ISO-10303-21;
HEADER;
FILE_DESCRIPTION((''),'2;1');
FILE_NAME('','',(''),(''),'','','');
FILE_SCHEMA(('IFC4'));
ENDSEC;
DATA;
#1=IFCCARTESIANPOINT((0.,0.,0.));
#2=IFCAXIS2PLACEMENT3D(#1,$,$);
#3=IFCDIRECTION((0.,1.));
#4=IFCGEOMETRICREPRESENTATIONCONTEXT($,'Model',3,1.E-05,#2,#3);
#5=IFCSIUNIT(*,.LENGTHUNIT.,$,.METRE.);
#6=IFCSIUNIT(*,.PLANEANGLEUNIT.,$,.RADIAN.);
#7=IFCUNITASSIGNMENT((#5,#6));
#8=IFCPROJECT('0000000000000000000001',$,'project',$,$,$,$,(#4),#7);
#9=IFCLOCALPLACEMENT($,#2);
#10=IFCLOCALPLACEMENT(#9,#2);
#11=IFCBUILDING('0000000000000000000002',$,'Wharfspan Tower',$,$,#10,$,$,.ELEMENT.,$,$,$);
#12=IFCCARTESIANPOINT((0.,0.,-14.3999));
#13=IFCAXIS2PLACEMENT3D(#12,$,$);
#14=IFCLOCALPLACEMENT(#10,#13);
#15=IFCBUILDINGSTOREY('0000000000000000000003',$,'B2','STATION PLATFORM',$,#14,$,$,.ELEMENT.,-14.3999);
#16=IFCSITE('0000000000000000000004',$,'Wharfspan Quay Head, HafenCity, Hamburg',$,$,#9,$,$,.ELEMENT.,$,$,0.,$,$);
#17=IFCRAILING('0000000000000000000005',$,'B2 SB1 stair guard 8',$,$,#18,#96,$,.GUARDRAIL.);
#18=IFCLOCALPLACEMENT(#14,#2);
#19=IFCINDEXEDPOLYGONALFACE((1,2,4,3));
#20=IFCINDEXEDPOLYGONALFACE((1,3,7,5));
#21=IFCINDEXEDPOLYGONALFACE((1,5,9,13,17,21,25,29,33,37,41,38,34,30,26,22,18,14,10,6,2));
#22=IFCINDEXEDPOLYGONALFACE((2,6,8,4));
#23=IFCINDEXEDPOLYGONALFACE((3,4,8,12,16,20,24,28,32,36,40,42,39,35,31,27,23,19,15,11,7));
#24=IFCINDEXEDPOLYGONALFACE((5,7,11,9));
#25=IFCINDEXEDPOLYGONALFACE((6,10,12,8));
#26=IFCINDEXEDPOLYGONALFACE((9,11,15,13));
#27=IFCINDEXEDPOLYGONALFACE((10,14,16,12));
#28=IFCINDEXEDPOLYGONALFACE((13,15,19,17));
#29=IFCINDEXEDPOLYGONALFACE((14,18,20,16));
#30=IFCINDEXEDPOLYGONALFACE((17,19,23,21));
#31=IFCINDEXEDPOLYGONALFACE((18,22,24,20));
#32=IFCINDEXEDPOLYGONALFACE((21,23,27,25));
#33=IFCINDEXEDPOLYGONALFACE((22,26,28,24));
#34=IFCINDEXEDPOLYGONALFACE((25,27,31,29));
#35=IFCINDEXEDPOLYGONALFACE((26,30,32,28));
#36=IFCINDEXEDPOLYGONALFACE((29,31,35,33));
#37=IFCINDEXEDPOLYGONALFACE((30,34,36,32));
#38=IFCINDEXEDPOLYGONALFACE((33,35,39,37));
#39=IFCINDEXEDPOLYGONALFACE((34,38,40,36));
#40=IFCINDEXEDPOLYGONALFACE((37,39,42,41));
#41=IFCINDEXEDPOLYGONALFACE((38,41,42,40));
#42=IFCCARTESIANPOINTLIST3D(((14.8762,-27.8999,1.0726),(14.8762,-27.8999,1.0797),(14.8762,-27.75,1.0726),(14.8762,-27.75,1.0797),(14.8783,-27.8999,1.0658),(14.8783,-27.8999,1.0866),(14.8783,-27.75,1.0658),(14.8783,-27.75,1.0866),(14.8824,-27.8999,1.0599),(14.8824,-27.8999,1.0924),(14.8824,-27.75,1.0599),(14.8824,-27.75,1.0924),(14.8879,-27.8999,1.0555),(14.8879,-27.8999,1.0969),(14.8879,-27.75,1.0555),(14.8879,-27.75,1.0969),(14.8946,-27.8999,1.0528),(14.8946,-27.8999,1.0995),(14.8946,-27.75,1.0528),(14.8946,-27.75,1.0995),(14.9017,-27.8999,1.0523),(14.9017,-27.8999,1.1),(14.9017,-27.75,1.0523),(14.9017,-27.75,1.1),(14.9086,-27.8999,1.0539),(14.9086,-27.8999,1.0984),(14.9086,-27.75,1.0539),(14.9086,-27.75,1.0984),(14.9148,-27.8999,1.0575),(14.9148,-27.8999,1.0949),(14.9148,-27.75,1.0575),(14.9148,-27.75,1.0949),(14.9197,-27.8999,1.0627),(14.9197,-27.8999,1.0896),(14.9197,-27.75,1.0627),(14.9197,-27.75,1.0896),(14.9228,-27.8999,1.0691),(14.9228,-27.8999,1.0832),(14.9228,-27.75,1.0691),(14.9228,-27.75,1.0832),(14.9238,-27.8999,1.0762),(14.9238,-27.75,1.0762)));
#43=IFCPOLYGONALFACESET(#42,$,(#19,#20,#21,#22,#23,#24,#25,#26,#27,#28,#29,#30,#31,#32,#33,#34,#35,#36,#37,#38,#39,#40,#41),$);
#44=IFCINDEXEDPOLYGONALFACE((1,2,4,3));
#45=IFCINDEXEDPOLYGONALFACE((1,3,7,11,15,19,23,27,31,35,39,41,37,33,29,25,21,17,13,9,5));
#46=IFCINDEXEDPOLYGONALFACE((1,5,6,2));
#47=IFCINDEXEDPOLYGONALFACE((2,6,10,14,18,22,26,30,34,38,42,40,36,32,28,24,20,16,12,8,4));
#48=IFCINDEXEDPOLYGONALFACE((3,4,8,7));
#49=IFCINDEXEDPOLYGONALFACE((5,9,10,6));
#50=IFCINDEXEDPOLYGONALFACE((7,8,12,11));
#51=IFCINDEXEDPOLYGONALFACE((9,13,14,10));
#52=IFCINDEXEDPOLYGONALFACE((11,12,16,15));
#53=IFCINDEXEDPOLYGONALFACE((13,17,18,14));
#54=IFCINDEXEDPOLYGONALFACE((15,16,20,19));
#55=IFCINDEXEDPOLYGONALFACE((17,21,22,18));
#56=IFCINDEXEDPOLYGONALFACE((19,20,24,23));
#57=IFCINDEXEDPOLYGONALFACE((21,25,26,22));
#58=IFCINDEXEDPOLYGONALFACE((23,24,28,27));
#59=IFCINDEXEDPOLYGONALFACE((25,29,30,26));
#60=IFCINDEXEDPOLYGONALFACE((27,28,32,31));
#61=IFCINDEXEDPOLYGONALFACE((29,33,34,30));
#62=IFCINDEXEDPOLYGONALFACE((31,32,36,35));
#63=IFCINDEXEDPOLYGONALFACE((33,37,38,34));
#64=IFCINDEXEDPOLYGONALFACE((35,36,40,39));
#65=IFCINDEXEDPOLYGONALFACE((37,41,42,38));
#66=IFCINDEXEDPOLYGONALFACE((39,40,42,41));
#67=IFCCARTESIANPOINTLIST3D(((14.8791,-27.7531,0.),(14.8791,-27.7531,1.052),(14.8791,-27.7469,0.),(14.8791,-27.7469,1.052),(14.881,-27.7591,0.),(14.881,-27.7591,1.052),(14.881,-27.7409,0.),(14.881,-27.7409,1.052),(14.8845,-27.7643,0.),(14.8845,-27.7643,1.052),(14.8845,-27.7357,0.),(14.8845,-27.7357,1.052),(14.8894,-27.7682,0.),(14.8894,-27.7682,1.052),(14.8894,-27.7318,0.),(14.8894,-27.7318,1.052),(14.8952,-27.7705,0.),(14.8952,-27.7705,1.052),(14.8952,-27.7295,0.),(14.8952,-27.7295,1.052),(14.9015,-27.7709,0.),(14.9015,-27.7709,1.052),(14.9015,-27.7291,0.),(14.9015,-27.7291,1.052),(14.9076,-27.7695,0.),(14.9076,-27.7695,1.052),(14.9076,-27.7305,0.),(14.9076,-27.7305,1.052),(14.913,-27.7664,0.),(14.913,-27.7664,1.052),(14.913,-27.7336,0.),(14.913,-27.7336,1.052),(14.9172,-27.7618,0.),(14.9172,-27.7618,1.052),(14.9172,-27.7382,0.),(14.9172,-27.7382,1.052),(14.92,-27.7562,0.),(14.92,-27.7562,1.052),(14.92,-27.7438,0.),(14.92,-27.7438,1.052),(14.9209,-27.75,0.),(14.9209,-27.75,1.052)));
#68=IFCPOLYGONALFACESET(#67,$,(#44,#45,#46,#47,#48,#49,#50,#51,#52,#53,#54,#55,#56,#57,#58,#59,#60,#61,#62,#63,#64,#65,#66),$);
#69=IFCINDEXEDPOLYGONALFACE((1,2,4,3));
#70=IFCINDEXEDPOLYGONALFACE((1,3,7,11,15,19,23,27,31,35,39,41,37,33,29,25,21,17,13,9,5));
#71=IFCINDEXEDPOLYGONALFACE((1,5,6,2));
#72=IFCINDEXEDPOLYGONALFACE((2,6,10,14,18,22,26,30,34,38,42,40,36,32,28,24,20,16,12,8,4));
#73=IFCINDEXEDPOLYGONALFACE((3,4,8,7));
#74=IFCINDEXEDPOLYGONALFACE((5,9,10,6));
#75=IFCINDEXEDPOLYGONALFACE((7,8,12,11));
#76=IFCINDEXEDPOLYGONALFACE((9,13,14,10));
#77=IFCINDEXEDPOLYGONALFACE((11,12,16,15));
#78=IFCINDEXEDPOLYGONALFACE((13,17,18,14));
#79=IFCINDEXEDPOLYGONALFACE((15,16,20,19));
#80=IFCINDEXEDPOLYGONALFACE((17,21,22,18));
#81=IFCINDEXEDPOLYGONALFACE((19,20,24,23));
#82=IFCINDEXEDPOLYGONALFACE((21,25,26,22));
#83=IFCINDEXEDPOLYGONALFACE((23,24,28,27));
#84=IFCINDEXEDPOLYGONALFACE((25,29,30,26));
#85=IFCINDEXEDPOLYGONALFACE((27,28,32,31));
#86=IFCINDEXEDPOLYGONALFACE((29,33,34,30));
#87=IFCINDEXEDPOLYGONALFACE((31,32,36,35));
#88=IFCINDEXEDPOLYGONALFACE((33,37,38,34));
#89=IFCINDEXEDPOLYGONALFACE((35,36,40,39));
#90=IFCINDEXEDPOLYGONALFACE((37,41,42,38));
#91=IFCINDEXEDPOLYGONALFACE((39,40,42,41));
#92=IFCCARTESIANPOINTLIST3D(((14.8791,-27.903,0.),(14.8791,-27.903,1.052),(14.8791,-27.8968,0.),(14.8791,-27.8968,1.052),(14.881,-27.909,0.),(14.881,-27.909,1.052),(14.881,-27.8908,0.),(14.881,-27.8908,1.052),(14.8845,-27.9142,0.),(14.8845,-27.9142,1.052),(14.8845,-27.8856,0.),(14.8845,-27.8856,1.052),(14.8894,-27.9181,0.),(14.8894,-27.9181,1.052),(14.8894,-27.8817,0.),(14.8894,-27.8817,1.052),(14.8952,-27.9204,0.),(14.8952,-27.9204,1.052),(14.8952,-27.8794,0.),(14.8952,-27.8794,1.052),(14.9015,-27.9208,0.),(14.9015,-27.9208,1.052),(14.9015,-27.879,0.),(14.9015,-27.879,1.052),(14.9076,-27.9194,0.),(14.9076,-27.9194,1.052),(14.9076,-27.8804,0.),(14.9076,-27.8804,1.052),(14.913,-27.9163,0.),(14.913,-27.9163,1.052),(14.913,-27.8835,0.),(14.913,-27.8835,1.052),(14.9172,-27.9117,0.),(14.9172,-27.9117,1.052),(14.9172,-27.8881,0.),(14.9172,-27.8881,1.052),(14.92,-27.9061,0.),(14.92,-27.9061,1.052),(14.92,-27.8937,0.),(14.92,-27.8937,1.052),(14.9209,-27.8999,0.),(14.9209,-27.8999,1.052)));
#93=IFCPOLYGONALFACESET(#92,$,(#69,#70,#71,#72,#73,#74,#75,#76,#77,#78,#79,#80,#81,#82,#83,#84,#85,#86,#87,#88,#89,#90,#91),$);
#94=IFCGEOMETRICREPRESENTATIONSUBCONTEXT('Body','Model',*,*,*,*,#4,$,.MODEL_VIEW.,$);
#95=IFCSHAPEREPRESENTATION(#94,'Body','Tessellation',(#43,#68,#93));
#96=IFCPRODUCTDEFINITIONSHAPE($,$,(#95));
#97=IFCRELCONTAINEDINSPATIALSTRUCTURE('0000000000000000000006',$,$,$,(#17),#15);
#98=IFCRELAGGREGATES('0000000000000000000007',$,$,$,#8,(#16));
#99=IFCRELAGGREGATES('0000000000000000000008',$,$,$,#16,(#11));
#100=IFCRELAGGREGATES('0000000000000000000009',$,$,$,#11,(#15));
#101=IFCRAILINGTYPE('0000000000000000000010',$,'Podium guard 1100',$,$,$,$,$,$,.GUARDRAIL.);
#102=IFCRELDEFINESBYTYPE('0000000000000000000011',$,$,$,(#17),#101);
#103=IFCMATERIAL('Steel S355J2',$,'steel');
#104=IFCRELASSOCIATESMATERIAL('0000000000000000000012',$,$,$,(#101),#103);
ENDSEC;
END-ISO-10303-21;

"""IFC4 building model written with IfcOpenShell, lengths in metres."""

from ifc_helpers import new_model, si_unit, direction, frame, origin, origin_2d, place, context, subcontext, project, spatial, circle, extrude, material, type_object, element, save


model = new_model("IFC4")

# Units and contexts
model_context = context("Model", 3, precision=1e-05, world=origin(), true_north=direction((0.0, 1.0)))
body_context = subcontext(model_context, "Body", "Model", "MODEL_VIEW")
ifc_project = project(units=[si_unit("LENGTHUNIT", "METRE"), si_unit("PLANEANGLEUNIT", "RADIAN")], contexts=[model_context])

# Site, building, storey
site_placement = place(None, origin())
site = spatial("IfcSite", under=ifc_project, at=site_placement, Name="Wharfspan Quay Head, HafenCity, Hamburg", CompositionType="ELEMENT", RefElevation=0.0)
building_placement = place(site_placement, origin())
building = spatial("IfcBuilding", under=site, at=building_placement, Name="Wharfspan Tower", CompositionType="ELEMENT")
storey_placement = place(building_placement, frame((0.0, 0.0, -14.3999)))
storey = spatial("IfcBuildingStorey", under=building, at=storey_placement, Name="B2", Description="STATION PLATFORM", CompositionType="ELEMENT", Elevation=-14.3999)

# Railing
ifc_material_1 = material(Name="Steel S355J2", Category="steel")
railing_type_1 = type_object("IfcRailingType", Name="Podium guard 1100", PredefinedType="GUARDRAIL", material=ifc_material_1)
railing_1_placement = place(storey_placement, frame((14.8999, -27.75, 0.0)))
element("IfcRailing", 1, at=railing_1_placement, inside=storey, type_object=railing_type_1, Name="B2 SB1 stair guard 8", PredefinedType="GUARDRAIL", context=body_context, shape_type="SweptSolid", body=[
    extrude(circle(Radius=0.0239, at=origin_2d()), frame((0.0, 0.0, 1.0762), z_axis=(0.0, -1.0, 0.0), x_axis=(1.0, 0.0, 0.0)), (0.0, 0.0, 1.0), 0.1499),
    extrude(circle(Radius=0.021, at=origin_2d()), origin(), (0.0, 0.0, 1.0), 1.052),
    extrude(circle(Radius=0.021, at=origin_2d()), frame((0.0, -0.1499, 0.0)), (0.0, 0.0, 1.0), 1.052),
])

save(model, "model.ifc")
